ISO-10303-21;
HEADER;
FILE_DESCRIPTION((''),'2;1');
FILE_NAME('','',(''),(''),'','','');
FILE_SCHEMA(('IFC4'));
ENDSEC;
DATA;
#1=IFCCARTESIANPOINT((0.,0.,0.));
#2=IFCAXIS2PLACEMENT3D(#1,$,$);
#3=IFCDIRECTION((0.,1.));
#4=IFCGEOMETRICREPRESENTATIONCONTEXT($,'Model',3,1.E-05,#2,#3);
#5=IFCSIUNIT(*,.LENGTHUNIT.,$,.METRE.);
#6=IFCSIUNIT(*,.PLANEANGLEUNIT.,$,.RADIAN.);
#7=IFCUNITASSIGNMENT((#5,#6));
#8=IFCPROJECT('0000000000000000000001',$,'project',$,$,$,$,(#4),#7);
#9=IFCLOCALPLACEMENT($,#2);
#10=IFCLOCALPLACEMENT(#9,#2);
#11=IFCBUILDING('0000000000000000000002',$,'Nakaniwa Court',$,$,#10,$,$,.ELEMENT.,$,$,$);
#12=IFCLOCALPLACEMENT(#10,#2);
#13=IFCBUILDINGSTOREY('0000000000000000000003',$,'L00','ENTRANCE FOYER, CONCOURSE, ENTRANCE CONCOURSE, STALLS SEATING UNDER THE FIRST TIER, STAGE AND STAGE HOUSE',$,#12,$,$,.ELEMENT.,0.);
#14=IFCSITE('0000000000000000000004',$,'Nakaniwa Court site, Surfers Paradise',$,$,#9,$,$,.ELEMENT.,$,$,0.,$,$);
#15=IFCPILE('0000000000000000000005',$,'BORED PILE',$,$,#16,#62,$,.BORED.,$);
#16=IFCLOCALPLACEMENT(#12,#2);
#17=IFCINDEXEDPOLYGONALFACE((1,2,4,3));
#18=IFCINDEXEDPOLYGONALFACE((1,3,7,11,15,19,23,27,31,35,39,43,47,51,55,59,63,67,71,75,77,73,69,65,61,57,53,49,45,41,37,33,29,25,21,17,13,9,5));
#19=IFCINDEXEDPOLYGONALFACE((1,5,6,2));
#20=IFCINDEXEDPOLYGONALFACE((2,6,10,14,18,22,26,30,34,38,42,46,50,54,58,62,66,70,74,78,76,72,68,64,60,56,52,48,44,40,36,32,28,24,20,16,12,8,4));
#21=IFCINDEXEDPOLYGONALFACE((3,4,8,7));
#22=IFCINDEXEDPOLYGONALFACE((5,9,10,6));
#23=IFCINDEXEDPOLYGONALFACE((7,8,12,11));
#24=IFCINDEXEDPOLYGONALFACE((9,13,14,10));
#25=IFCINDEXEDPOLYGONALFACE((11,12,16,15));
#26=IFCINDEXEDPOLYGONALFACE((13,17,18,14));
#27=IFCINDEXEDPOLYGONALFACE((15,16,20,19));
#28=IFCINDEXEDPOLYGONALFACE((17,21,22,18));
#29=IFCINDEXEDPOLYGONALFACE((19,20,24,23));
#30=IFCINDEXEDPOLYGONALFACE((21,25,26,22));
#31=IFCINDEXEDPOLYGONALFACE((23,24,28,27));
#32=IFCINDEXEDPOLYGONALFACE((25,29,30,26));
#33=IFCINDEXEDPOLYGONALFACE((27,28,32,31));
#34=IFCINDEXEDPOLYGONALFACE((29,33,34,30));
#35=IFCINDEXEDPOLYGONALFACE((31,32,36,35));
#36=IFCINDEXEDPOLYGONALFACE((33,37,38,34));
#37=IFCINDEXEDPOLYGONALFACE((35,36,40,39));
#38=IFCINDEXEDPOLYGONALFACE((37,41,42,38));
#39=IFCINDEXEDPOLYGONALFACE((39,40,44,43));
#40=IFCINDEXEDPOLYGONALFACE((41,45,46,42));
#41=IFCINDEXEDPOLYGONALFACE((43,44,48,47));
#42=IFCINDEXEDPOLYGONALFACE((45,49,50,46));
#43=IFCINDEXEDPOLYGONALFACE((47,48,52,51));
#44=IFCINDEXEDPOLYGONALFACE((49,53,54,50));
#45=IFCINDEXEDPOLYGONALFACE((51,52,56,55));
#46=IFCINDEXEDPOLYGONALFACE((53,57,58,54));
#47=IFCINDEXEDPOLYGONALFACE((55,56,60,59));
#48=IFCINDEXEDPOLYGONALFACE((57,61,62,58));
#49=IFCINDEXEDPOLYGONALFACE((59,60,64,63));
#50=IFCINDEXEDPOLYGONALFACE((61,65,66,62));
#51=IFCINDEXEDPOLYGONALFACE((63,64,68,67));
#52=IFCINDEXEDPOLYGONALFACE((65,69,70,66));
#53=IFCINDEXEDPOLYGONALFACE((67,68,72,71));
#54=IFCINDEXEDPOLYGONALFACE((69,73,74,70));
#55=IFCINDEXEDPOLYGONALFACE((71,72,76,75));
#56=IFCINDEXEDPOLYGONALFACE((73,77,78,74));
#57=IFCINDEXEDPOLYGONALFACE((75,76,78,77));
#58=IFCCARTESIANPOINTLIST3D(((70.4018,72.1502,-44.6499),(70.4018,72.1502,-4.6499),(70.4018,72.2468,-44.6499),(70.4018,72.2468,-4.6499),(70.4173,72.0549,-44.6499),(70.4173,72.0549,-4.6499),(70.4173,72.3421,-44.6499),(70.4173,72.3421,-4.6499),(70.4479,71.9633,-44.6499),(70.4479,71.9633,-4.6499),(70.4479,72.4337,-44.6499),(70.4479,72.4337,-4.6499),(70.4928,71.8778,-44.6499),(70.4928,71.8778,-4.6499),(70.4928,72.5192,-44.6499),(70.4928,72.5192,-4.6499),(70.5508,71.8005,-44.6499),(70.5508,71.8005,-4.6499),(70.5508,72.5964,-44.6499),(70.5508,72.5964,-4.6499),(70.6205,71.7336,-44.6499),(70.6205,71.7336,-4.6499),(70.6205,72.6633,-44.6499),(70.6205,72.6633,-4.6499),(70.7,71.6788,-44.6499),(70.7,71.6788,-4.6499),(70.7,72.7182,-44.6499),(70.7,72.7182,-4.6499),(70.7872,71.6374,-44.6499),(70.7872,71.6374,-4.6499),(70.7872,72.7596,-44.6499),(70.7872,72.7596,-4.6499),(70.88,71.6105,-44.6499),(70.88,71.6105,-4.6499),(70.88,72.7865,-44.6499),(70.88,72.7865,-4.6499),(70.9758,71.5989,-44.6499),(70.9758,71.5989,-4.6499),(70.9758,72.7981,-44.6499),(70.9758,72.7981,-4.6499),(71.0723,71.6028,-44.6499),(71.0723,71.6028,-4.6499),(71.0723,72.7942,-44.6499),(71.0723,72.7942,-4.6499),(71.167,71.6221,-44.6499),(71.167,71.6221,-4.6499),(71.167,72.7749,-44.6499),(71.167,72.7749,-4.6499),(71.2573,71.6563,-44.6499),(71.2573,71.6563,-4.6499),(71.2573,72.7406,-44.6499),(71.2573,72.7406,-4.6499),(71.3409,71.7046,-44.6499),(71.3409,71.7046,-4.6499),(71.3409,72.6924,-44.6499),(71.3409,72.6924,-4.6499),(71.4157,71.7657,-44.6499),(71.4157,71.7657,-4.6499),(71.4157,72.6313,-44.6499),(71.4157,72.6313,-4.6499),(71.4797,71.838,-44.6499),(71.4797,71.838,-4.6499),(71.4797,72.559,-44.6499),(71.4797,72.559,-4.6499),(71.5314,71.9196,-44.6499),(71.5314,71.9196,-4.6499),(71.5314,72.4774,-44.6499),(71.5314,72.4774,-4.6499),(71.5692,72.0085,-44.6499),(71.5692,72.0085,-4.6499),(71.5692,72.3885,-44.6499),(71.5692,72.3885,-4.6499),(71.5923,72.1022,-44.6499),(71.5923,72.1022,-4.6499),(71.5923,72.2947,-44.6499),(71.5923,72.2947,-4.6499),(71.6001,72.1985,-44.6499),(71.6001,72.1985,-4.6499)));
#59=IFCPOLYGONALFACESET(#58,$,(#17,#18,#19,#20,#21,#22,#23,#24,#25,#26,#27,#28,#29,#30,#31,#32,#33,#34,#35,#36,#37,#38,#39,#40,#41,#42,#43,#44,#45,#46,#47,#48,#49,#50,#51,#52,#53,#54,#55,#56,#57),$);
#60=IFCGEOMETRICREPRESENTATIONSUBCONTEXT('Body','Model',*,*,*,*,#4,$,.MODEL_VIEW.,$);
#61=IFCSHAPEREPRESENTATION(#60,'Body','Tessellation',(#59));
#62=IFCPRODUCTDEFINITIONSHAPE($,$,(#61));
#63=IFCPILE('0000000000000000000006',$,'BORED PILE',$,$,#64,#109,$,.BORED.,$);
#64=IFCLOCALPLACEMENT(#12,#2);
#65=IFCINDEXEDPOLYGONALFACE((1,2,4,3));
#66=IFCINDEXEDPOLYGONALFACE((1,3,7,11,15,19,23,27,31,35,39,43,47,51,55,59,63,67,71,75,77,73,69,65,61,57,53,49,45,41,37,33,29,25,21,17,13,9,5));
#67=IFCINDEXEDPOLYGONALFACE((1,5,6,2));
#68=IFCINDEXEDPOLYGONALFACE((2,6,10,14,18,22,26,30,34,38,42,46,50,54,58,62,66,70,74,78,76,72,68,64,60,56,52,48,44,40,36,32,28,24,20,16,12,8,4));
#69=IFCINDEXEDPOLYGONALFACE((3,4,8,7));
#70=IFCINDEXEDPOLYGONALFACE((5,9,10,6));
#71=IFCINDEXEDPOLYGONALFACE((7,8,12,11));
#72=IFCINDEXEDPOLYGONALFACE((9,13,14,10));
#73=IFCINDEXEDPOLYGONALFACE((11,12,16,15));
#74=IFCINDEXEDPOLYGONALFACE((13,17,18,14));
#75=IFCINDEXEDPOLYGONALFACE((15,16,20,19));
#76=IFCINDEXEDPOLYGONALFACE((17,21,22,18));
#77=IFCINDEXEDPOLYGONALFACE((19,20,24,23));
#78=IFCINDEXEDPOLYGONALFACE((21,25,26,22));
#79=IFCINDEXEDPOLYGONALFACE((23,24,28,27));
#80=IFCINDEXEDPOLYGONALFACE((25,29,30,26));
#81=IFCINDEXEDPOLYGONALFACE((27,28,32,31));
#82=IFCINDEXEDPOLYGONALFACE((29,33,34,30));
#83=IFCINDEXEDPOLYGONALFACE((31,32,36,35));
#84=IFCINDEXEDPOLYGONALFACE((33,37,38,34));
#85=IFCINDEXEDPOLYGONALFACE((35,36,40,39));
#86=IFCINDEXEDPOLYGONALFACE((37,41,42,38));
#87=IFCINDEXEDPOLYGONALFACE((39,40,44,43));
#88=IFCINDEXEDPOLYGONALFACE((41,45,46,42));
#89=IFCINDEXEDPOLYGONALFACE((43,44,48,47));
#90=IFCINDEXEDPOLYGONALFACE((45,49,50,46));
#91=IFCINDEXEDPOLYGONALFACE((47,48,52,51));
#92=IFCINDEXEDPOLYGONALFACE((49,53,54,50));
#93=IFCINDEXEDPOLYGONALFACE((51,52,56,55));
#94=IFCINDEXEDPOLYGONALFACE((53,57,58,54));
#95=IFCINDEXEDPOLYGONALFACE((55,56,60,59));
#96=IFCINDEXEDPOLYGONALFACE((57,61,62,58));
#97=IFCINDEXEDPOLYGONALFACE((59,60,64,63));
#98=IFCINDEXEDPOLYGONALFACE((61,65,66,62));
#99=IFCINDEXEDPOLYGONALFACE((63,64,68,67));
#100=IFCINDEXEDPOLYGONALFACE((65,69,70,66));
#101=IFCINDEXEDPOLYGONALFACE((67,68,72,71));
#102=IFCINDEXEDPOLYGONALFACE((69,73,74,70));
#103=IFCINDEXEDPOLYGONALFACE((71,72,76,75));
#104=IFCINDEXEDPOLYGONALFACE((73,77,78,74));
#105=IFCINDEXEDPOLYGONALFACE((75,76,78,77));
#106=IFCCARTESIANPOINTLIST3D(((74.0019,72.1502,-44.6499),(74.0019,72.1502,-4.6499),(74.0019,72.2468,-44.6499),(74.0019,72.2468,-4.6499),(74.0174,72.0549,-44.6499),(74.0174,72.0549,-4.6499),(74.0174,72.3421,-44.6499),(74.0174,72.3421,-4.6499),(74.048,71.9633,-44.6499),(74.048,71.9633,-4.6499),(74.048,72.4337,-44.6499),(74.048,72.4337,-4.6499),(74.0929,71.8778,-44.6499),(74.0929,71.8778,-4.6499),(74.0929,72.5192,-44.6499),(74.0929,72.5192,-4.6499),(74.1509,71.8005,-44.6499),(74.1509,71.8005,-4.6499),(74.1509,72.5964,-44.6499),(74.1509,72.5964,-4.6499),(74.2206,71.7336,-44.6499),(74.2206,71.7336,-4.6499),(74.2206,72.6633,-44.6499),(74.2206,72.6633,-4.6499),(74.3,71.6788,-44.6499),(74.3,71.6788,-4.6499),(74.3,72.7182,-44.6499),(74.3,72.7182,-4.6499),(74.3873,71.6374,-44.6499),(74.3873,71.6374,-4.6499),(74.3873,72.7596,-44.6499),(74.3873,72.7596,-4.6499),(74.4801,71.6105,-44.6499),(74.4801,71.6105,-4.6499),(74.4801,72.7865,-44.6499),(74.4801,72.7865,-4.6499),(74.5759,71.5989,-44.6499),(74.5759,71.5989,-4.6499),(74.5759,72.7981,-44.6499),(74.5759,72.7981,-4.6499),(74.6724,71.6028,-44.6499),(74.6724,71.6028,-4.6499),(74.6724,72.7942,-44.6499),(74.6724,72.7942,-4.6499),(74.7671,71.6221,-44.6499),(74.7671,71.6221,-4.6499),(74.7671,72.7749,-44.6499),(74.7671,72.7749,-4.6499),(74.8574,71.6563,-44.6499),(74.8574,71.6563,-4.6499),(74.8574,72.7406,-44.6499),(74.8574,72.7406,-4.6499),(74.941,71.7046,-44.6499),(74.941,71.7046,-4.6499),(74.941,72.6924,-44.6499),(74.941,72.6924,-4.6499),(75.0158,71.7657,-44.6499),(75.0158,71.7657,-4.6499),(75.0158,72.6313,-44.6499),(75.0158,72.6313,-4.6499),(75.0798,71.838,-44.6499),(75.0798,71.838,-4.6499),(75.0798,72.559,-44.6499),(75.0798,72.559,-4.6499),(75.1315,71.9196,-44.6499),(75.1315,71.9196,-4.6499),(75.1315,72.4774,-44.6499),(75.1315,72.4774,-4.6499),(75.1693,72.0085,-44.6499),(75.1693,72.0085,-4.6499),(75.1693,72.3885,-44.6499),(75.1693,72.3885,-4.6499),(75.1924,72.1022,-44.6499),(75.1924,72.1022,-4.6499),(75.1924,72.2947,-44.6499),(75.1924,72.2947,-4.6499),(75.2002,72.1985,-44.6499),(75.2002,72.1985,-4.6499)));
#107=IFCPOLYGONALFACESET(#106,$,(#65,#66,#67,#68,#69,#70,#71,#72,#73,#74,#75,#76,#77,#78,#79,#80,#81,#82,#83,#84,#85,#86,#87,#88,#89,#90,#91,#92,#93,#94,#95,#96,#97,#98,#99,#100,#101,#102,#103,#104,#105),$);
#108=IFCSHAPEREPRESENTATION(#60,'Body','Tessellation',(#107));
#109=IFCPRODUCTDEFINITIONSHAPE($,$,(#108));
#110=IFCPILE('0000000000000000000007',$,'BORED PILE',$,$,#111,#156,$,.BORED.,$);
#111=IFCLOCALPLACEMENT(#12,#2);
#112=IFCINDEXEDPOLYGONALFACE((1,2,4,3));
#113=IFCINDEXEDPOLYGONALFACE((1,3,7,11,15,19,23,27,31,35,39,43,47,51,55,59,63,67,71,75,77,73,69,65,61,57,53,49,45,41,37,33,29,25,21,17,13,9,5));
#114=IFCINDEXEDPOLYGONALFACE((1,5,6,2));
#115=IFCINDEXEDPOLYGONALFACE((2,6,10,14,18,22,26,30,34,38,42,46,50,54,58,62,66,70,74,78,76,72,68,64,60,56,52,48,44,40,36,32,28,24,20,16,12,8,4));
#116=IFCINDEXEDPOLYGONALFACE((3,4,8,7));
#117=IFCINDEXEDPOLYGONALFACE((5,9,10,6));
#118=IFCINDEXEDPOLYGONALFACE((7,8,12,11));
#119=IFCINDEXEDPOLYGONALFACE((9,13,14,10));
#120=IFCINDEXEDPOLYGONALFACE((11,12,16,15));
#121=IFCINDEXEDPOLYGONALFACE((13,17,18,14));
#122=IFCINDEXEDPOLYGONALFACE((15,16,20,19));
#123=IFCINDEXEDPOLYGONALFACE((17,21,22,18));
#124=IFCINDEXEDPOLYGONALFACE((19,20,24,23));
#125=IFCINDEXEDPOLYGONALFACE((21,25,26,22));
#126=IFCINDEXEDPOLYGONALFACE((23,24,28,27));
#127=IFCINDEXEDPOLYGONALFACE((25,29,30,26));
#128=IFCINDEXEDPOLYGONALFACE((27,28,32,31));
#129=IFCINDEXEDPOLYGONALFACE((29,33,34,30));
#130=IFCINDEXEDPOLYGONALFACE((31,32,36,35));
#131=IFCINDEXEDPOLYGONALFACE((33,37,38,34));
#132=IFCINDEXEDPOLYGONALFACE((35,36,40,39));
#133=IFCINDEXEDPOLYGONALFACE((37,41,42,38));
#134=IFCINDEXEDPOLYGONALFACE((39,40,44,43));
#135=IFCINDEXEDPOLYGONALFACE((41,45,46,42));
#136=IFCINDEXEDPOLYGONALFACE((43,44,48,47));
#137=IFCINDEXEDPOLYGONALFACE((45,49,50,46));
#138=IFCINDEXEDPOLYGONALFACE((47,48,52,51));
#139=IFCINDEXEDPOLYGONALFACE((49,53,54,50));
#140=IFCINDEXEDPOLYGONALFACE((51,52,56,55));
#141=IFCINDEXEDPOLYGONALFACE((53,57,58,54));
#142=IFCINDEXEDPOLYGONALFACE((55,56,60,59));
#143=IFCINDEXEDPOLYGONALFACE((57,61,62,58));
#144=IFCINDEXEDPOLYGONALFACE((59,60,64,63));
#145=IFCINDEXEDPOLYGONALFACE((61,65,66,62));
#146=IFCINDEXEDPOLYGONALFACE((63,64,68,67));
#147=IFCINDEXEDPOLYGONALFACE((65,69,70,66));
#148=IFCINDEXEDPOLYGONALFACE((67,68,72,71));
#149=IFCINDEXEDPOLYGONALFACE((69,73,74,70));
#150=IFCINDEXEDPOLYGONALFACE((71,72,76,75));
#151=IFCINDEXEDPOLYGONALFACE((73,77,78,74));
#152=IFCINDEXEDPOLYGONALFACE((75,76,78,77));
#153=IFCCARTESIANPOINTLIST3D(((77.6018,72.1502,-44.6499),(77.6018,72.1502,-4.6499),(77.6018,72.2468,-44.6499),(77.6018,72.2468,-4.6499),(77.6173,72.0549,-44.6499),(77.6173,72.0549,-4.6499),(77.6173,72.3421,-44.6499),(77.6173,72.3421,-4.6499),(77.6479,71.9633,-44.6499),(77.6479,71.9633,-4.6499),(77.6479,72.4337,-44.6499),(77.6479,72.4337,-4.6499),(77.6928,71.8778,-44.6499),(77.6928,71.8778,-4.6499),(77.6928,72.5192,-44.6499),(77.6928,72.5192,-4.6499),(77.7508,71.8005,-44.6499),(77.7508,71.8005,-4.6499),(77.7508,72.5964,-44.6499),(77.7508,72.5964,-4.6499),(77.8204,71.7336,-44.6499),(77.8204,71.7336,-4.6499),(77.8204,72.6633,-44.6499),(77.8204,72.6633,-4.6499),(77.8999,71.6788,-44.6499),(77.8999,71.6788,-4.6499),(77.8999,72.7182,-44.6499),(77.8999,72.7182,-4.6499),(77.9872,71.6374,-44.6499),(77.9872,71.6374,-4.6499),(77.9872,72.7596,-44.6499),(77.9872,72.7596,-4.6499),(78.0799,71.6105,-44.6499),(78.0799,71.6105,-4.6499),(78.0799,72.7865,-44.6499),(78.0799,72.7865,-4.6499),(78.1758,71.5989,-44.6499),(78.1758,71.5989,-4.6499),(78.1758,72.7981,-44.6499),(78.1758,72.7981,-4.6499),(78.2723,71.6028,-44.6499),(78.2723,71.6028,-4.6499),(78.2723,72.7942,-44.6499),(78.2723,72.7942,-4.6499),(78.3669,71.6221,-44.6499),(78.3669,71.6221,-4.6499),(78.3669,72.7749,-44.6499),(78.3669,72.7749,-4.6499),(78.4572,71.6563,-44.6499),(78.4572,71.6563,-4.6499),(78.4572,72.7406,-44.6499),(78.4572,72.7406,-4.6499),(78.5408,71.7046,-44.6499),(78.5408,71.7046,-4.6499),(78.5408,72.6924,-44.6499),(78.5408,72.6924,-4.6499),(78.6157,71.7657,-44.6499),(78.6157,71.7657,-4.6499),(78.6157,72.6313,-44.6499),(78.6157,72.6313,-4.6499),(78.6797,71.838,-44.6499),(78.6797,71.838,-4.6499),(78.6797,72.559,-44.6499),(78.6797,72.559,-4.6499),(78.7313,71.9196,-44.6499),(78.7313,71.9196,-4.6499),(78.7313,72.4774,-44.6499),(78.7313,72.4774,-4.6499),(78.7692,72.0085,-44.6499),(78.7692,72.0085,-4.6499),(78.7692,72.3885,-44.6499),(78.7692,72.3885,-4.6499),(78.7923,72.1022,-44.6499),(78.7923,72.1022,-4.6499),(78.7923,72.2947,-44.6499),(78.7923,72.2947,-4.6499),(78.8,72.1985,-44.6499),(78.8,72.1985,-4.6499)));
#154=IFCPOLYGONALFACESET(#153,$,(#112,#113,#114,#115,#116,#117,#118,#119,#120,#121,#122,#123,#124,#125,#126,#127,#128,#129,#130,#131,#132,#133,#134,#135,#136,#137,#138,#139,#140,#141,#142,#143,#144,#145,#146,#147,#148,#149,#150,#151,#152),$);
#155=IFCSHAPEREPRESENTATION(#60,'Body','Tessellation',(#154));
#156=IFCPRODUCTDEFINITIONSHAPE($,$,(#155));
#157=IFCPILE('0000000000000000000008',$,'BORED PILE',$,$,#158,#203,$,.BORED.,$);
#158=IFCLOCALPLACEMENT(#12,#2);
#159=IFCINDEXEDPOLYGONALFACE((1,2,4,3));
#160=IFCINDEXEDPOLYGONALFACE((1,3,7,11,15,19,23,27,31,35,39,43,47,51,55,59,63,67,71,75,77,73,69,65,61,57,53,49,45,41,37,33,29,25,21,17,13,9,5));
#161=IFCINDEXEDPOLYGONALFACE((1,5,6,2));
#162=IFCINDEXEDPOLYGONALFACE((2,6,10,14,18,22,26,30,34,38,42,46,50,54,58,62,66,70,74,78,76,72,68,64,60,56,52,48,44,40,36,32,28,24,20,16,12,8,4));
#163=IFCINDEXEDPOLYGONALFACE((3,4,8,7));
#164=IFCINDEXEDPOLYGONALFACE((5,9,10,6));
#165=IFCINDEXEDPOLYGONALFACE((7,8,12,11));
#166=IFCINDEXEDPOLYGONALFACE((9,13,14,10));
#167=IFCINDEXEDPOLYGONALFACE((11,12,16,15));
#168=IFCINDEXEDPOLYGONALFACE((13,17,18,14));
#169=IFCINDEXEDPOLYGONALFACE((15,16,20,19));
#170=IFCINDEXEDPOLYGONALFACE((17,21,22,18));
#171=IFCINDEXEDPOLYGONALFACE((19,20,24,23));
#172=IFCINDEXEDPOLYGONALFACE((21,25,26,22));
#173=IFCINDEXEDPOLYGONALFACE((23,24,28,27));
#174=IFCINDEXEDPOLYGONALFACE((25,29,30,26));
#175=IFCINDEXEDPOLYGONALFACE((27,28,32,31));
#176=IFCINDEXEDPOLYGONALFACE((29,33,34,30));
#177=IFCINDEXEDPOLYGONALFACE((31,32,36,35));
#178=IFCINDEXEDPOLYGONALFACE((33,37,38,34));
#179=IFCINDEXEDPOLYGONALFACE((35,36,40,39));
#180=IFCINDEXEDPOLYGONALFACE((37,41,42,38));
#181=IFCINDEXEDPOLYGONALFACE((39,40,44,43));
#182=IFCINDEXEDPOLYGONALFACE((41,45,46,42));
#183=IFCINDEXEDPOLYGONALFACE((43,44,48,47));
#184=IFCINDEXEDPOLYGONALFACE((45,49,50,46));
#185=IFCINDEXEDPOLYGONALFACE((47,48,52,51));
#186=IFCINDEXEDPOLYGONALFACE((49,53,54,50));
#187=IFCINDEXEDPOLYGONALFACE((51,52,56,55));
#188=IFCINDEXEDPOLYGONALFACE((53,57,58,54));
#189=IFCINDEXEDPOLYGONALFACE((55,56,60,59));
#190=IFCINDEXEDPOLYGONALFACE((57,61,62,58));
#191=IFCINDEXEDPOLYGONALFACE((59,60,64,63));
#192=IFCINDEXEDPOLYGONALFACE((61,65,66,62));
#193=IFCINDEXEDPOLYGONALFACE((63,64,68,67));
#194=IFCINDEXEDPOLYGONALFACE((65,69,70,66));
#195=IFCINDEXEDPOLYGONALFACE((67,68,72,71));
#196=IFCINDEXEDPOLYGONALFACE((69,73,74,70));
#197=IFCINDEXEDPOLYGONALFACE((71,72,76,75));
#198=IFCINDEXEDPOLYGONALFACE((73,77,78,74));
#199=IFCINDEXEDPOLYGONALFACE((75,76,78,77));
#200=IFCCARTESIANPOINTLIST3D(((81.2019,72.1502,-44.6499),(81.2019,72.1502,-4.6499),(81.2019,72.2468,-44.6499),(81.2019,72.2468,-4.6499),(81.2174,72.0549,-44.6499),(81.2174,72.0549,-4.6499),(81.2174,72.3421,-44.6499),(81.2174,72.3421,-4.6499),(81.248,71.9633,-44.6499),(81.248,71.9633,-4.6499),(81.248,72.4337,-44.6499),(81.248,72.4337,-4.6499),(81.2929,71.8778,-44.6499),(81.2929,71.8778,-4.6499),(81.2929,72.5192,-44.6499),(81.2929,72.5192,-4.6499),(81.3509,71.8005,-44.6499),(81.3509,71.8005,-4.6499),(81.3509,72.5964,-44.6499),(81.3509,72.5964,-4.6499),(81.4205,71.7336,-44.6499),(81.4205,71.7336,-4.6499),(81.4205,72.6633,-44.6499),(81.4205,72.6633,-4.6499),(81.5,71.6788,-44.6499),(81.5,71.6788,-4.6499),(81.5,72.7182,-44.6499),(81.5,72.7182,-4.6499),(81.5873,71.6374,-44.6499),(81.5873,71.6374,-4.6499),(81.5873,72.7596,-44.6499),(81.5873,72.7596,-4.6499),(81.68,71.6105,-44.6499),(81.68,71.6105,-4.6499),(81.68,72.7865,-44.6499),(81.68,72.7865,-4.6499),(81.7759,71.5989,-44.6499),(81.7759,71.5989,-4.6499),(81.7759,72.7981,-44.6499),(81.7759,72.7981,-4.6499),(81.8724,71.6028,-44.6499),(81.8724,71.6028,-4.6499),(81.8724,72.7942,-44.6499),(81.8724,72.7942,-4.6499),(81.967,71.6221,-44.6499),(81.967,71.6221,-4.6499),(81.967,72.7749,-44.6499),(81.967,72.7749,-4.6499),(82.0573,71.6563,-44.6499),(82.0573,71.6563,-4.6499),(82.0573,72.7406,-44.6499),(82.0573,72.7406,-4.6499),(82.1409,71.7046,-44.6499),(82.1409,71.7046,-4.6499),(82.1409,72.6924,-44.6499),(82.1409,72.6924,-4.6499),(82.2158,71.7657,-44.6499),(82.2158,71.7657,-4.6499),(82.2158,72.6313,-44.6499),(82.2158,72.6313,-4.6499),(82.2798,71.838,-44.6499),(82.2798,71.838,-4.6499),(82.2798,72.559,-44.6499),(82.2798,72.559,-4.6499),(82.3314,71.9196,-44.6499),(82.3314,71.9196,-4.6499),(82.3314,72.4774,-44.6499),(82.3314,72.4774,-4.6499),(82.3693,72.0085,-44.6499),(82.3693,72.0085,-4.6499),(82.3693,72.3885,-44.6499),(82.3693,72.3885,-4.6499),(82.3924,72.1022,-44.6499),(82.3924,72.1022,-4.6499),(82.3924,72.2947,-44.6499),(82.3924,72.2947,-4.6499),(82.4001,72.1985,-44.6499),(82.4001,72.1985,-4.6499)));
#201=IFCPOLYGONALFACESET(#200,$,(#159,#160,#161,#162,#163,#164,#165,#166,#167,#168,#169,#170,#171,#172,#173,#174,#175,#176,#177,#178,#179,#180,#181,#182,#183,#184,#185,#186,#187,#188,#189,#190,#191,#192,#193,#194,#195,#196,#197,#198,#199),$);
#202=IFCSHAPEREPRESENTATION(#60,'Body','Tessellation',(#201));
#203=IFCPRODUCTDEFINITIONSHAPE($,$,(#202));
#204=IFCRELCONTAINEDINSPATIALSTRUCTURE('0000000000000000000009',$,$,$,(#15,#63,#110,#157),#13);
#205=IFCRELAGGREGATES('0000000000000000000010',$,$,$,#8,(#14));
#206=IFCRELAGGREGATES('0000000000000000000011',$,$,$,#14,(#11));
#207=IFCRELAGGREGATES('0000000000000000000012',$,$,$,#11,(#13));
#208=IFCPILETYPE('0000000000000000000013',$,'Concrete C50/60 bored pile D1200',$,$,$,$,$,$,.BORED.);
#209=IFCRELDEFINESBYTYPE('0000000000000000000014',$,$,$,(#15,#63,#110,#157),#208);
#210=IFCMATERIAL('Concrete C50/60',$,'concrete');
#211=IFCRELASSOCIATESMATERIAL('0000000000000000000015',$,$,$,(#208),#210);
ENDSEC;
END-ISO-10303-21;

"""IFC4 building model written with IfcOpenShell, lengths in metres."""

from ifc_helpers import new_model, si_unit, direction, frame, origin, origin_2d, place, context, subcontext, project, spatial, circle, extrude, material, material_profile, profile_set, type_object, element, save


model = new_model("IFC4")

# Units and contexts
model_context = context("Model", 3, precision=1e-05, world=origin(), true_north=direction((0.0, 1.0)))
body_context = subcontext(model_context, "Body", "Model", "MODEL_VIEW")
ifc_project = project(units=[si_unit("LENGTHUNIT", "METRE"), si_unit("PLANEANGLEUNIT", "RADIAN")], contexts=[model_context])

# Site, building, storey
site_placement = place(None, origin())
site = spatial("IfcSite", under=ifc_project, at=site_placement, Name="Nakaniwa Court site, Surfers Paradise", CompositionType="ELEMENT", RefElevation=0.0)
building_placement = place(site_placement, origin())
building = spatial("IfcBuilding", under=site, at=building_placement, Name="Nakaniwa Court", CompositionType="ELEMENT")
storey_placement = place(building_placement, origin())
storey = spatial("IfcBuildingStorey", under=building, at=storey_placement, Name="L00", Description="ENTRANCE FOYER, CONCOURSE, ENTRANCE CONCOURSE, STALLS SEATING UNDER THE FIRST TIER, STAGE AND STAGE HOUSE", CompositionType="ELEMENT", Elevation=0.0)

# Piles
ifc_material_1 = material(Name="Concrete C50/60", Category="concrete")
ifc_material_profile = material_profile(ifc_material_1, circle(Radius=0.6001, at=origin_2d()), Name="Concrete C50/60 bored pile D1200")
ifc_profile_set = profile_set([ifc_material_profile], Name="Concrete C50/60")
pile_type = type_object("IfcPileType", Name="Concrete C50/60 bored pile D1200", PredefinedType="BORED", material=ifc_profile_set)
for number, where, z_axis, x_axis, name in (
    (1, (71.0, 72.1985, -4.6499), (0.0, 0.0, -1.0), (1.0, 0.0, 0.0), "BORED PILE"),
    (2, (74.6001, 72.1985, -4.6499), (0.0, 0.0, -1.0), (1.0, 0.0, 0.0), "BORED PILE"),
    (3, (78.2, 72.1985, -4.6499), (0.0, 0.0, -1.0), (1.0, 0.0, 0.0), "BORED PILE"),
    (4, (81.8, 72.1985, -4.6499), (0.0, 0.0, -1.0), (1.0, 0.0, 0.0), "BORED PILE"),
):
    element("IfcPile", number, at=place(storey_placement, frame(where, z_axis=z_axis, x_axis=x_axis)), inside=storey, type_object=pile_type, Name=name, PredefinedType="BORED", context=body_context, shape_type="SweptSolid", body=[
        extrude(circle(Radius=0.6001, at=origin_2d()), origin(), (0.0, 0.0, 1.0), 40.0),
    ])

save(model, "model.ifc")
